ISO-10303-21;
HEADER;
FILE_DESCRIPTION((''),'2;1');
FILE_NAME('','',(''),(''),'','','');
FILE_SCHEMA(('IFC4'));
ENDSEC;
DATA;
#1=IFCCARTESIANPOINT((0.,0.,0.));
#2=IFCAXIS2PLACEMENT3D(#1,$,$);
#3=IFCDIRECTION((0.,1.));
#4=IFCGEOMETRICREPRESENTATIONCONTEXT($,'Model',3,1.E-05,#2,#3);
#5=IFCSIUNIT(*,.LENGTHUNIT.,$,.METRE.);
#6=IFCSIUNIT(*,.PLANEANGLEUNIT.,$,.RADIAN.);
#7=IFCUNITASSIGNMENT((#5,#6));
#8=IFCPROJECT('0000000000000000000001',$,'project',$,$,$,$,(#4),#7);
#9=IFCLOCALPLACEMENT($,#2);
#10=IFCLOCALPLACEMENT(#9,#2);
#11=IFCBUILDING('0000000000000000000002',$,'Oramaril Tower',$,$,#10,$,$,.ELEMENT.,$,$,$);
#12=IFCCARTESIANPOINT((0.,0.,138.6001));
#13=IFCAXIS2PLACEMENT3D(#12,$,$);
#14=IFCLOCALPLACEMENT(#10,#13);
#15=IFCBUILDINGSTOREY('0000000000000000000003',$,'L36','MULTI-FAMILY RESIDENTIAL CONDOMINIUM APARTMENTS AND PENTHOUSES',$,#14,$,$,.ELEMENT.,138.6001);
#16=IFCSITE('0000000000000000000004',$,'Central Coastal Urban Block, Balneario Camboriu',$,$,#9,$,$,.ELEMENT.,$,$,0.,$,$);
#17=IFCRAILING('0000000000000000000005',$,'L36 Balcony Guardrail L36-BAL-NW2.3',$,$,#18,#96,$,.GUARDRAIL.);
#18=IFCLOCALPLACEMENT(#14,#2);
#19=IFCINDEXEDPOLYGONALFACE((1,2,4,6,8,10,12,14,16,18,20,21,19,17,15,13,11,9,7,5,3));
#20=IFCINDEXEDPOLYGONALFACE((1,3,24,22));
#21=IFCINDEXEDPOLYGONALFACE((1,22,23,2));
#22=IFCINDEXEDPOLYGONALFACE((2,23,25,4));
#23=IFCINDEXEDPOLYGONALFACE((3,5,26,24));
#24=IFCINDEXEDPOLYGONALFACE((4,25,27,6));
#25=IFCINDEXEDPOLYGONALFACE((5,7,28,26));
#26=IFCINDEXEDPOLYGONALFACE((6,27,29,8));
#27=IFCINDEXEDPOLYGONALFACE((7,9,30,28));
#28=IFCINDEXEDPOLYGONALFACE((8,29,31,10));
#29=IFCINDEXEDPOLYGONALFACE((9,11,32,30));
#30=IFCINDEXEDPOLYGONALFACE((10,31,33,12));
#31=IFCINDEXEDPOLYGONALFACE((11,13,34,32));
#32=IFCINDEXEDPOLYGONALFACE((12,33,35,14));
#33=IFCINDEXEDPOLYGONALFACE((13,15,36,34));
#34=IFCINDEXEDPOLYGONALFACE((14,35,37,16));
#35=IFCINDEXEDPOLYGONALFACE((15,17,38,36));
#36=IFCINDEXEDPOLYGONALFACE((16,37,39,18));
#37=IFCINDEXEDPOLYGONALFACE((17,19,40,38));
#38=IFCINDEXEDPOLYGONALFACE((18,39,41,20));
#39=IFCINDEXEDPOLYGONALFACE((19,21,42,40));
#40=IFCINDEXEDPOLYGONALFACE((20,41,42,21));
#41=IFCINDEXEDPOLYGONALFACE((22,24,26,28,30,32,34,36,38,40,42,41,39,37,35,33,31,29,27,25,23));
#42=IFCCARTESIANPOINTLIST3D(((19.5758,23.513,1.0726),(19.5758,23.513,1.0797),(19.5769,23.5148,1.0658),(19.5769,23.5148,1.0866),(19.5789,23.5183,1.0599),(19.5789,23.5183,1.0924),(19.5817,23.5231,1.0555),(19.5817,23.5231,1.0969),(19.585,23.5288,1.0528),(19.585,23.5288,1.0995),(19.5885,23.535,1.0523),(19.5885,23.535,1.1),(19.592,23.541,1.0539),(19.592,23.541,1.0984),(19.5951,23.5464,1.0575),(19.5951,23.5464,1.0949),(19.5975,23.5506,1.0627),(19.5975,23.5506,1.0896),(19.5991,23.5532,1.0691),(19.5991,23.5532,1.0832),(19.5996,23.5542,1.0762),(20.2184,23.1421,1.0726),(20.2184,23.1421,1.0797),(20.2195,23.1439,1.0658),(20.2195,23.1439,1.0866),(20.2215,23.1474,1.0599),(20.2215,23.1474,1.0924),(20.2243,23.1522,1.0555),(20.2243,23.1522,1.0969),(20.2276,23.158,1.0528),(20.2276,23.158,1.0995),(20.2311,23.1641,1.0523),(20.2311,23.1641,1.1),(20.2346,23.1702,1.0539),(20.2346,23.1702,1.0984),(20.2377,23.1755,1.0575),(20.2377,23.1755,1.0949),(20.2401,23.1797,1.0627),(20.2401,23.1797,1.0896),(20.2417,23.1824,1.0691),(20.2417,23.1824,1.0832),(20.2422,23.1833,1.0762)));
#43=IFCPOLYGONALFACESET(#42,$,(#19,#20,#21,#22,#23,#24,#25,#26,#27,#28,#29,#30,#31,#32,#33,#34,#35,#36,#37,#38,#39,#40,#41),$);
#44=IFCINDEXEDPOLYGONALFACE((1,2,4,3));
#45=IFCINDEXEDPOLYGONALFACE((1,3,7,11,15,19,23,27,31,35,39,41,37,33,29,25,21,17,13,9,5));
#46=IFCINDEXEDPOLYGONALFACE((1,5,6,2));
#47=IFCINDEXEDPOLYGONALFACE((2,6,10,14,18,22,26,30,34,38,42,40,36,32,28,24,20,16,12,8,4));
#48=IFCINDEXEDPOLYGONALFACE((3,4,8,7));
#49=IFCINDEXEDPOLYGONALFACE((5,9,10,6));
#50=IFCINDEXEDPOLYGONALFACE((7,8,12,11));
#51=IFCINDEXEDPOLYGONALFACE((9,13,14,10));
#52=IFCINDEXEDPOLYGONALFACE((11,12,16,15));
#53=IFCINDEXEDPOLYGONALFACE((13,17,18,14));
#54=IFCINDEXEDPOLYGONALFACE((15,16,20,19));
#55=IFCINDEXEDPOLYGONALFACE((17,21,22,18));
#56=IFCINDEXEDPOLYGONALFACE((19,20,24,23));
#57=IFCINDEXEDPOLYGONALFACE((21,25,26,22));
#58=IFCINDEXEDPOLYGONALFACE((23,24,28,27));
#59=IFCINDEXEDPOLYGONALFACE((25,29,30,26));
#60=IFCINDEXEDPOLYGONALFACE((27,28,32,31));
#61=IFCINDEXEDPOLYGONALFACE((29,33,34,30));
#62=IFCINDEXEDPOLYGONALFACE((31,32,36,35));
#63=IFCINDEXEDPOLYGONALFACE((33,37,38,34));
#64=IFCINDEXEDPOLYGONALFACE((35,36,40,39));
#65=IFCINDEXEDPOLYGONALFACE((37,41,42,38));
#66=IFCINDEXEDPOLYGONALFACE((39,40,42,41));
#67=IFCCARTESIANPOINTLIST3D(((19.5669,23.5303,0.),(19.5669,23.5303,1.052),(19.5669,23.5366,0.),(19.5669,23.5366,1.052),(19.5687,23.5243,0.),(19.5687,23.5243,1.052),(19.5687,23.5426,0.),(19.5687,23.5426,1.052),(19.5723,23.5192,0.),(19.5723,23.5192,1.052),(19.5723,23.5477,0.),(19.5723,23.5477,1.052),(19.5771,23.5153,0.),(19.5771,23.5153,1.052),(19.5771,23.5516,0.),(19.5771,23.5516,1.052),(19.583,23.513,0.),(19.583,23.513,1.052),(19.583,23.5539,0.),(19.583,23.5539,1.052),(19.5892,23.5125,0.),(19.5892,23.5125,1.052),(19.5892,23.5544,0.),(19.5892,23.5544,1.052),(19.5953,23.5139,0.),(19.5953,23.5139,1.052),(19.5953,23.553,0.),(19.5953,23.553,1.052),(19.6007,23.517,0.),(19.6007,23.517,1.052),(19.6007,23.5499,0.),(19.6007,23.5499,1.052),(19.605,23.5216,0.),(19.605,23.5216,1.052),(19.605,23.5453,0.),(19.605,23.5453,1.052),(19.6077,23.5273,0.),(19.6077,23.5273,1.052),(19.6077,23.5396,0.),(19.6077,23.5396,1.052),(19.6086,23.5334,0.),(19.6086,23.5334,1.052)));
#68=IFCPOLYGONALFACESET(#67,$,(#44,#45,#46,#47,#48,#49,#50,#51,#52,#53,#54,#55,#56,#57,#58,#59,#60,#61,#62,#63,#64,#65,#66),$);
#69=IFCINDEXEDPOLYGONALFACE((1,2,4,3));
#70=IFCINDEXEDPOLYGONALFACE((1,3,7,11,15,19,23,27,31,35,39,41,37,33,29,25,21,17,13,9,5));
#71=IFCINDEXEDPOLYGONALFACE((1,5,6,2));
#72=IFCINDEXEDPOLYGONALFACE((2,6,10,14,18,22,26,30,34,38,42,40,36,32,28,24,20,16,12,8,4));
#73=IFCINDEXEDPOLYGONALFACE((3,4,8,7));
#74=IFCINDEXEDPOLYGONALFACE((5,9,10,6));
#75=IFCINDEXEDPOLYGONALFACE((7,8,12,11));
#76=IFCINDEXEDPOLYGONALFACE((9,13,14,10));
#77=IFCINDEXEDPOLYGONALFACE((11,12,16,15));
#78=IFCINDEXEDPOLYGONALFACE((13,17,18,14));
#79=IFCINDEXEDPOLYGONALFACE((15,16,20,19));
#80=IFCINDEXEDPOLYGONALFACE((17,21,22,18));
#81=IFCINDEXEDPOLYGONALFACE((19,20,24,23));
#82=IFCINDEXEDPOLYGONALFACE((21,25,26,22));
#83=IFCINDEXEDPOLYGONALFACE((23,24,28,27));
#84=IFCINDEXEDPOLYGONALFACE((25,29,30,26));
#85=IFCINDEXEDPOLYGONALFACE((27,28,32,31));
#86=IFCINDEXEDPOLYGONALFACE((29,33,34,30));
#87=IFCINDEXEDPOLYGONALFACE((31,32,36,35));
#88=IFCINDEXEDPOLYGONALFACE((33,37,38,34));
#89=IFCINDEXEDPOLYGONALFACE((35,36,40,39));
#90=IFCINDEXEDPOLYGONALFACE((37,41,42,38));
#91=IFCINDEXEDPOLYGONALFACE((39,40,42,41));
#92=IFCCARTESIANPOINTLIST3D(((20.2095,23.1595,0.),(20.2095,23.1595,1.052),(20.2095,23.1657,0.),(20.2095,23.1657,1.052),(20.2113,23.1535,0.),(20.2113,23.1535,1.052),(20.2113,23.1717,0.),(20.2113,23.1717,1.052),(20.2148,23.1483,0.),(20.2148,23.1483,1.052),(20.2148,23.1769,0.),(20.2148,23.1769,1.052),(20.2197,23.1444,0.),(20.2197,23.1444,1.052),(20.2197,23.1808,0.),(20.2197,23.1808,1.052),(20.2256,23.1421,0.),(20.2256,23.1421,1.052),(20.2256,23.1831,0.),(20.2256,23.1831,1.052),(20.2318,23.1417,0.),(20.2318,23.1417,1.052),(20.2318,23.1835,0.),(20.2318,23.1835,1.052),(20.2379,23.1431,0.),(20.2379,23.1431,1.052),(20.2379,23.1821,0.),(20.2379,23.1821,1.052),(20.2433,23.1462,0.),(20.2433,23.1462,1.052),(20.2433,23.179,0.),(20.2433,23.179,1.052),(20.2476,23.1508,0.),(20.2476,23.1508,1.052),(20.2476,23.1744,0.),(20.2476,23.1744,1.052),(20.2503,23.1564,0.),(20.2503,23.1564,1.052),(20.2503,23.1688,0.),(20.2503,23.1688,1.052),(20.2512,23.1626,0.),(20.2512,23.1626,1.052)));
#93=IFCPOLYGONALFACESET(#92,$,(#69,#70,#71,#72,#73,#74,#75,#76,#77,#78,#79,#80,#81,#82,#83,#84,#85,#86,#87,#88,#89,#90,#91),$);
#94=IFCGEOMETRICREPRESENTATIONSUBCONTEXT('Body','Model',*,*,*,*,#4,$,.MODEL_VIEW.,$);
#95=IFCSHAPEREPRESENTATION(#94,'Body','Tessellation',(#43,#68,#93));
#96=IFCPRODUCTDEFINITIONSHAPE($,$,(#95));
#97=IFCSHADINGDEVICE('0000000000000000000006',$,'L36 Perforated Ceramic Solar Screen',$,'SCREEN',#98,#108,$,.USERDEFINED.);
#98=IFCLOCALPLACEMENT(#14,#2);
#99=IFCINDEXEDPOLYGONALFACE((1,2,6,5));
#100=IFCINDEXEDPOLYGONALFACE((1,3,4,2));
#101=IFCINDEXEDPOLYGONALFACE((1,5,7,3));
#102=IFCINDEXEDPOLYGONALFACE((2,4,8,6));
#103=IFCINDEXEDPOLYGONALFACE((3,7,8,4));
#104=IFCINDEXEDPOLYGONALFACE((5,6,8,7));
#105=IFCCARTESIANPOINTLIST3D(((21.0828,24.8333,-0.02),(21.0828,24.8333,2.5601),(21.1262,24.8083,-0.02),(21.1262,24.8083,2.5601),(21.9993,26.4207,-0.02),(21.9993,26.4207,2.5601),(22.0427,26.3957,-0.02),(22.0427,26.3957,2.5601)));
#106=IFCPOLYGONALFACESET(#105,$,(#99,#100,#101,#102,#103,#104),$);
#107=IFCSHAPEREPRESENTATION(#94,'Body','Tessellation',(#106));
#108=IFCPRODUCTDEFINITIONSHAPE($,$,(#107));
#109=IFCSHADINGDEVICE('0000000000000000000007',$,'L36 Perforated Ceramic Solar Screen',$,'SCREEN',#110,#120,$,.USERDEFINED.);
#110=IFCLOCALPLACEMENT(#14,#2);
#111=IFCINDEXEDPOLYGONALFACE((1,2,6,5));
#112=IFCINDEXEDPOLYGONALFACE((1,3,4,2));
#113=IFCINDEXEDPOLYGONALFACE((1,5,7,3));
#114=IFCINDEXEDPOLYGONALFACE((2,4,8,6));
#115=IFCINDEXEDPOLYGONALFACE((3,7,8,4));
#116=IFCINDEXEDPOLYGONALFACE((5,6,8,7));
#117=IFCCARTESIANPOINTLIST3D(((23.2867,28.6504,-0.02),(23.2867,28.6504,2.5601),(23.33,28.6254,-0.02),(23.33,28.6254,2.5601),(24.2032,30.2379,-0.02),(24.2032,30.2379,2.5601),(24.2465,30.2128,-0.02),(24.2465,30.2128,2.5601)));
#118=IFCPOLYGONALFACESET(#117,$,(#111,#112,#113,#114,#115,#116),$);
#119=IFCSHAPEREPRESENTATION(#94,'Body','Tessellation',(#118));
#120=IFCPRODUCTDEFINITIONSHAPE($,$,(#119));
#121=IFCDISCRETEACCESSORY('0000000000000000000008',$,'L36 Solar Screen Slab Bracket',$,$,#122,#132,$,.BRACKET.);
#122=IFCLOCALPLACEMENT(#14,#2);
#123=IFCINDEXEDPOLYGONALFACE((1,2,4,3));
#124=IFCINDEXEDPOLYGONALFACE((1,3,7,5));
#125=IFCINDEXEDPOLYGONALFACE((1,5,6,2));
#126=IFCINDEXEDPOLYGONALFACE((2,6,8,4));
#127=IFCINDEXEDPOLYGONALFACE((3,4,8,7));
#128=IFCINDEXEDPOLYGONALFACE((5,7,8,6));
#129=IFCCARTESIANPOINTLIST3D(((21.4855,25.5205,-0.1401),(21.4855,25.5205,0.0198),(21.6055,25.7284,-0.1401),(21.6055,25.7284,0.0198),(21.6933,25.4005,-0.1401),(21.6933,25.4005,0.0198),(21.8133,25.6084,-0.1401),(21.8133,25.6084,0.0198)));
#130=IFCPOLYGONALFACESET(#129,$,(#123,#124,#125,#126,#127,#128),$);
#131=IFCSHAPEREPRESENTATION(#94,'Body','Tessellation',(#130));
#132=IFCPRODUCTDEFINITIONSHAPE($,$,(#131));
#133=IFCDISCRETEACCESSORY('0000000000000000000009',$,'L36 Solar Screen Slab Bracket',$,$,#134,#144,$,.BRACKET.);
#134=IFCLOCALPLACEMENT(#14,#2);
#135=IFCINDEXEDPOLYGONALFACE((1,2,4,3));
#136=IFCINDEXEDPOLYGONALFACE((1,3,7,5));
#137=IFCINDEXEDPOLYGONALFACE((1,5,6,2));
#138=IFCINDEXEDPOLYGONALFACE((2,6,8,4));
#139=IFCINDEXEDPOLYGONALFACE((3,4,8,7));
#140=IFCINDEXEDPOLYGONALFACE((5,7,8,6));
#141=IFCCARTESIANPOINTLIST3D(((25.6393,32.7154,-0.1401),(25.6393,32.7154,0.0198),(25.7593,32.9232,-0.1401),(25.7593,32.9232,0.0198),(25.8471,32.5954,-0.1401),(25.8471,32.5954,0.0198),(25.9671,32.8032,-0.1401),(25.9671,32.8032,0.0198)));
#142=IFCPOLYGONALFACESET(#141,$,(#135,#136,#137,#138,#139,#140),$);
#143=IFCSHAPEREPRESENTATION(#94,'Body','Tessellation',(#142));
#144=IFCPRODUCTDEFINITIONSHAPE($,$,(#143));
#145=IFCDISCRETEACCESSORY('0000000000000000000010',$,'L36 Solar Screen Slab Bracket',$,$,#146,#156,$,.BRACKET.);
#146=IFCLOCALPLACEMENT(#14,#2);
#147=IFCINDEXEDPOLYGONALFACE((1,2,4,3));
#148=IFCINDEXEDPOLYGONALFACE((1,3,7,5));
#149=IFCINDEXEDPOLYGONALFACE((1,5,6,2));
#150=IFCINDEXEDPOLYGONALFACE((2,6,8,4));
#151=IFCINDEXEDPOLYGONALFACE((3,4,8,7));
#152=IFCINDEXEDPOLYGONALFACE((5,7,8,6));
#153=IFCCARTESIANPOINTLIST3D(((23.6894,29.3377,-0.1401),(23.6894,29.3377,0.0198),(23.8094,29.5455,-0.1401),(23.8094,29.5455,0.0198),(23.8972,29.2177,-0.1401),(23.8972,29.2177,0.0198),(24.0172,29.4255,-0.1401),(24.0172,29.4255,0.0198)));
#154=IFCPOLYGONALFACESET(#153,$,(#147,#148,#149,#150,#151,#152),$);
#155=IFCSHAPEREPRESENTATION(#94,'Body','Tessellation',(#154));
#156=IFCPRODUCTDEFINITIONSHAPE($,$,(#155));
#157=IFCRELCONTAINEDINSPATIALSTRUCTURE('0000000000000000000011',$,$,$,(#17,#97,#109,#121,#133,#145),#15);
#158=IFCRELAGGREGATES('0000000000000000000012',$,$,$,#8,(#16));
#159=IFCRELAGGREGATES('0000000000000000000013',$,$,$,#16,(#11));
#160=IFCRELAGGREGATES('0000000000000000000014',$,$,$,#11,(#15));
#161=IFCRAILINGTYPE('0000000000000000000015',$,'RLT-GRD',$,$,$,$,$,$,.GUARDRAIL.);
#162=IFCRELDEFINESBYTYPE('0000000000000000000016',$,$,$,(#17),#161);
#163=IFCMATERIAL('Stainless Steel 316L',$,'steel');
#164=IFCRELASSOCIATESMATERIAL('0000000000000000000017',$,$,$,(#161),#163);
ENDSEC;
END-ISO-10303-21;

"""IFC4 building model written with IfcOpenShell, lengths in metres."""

from ifc_helpers import new_model, si_unit, direction, frame, origin, origin_2d, place, context, subcontext, project, spatial, rectangle, circle, extrude, material, type_object, element, save


model = new_model("IFC4")

# Units and contexts
model_context = context("Model", 3, precision=1e-05, world=origin(), true_north=direction((0.0, 1.0)))
body_context = subcontext(model_context, "Body", "Model", "MODEL_VIEW")
ifc_project = project(units=[si_unit("LENGTHUNIT", "METRE"), si_unit("PLANEANGLEUNIT", "RADIAN")], contexts=[model_context])

# Site, building, storey
site_placement = place(None, origin())
site = spatial("IfcSite", under=ifc_project, at=site_placement, Name="Central Coastal Urban Block, Balneario Camboriu", CompositionType="ELEMENT", RefElevation=0.0)
building_placement = place(site_placement, origin())
building = spatial("IfcBuilding", under=site, at=building_placement, Name="Oramaril Tower", CompositionType="ELEMENT")
storey_placement = place(building_placement, frame((0.0, 0.0, 138.6001)))
storey = spatial("IfcBuildingStorey", under=building, at=storey_placement, Name="L36", Description="MULTI-FAMILY RESIDENTIAL CONDOMINIUM APARTMENTS AND PENTHOUSES", CompositionType="ELEMENT", Elevation=138.6001)

# Railing
ifc_material_1 = material(Name="Stainless Steel 316L", Category="steel")
railing_type = type_object("IfcRailingType", Name="RLT-GRD", PredefinedType="GUARDRAIL", material=ifc_material_1)
railing_placement = place(storey_placement, frame((19.5876, 23.5334, 0.0)))
element("IfcRailing", 1, at=railing_placement, inside=storey, type_object=railing_type, Name="L36 Balcony Guardrail L36-BAL-NW2.3", PredefinedType="GUARDRAIL", context=body_context, shape_type="SweptSolid", body=[
    extrude(circle(Radius=0.0239, at=origin_2d()), frame((0.0, 0.0, 1.0762), z_axis=(0.866109, -0.499855, 0.0), x_axis=(0.499855, 0.866109, 0.0)), (0.0, 0.0, 1.0), 0.7419),
    extrude(circle(Radius=0.021, at=origin_2d()), origin(), (0.0, 0.0, 1.0), 1.052),
    extrude(circle(Radius=0.021, at=origin_2d()), frame((0.6426, -0.3708, 0.0)), (0.0, 0.0, 1.0), 1.052),
])

# Shading devices
for number, where, z_axis, x_axis, name in (
    (2, (21.5627, 25.6145, -0.02), (0.0, 0.0, 1.0), (-0.5, -0.866025, 0.0), "L36 Perforated Ceramic Solar Screen"),
    (3, (23.7666, 29.4316, -0.02), (0.0, 0.0, 1.0), (-0.5, -0.866025, 0.0), "L36 Perforated Ceramic Solar Screen"),
):
    element("IfcShadingDevice", number, at=place(storey_placement, frame(where, z_axis=z_axis, x_axis=x_axis)), inside=storey, Name=name, ObjectType="SCREEN", PredefinedType="USERDEFINED", context=body_context, shape_type="SweptSolid", body=[
        extrude(rectangle(XDim=1.833, YDim=0.05, at=origin_2d()), origin(), (0.0, 0.0, 1.0), 2.5801),
    ])

# Discrete accessories
for number, where, z_axis, x_axis, name in (
    (4, (21.6494, 25.5645, -0.1401), (0.0, 0.0, 1.0), (-0.5, -0.866025, 0.0), "L36 Solar Screen Slab Bracket"),
    (5, (25.8032, 32.7593, -0.1401), (0.0, 0.0, 1.0), (-0.5, -0.866025, 0.0), "L36 Solar Screen Slab Bracket"),
    (6, (23.8533, 29.3816, -0.1401), (0.0, 0.0, 1.0), (-0.5, -0.866025, 0.0), "L36 Solar Screen Slab Bracket"),
):
    element("IfcDiscreteAccessory", number, at=place(storey_placement, frame(where, z_axis=z_axis, x_axis=x_axis)), inside=storey, Name=name, PredefinedType="BRACKET", context=body_context, shape_type="SweptSolid", body=[
        extrude(rectangle(XDim=0.24, YDim=0.24, at=origin_2d()), origin(), (0.0, 0.0, 1.0), 0.1599),
    ])

save(model, "model.ifc")
